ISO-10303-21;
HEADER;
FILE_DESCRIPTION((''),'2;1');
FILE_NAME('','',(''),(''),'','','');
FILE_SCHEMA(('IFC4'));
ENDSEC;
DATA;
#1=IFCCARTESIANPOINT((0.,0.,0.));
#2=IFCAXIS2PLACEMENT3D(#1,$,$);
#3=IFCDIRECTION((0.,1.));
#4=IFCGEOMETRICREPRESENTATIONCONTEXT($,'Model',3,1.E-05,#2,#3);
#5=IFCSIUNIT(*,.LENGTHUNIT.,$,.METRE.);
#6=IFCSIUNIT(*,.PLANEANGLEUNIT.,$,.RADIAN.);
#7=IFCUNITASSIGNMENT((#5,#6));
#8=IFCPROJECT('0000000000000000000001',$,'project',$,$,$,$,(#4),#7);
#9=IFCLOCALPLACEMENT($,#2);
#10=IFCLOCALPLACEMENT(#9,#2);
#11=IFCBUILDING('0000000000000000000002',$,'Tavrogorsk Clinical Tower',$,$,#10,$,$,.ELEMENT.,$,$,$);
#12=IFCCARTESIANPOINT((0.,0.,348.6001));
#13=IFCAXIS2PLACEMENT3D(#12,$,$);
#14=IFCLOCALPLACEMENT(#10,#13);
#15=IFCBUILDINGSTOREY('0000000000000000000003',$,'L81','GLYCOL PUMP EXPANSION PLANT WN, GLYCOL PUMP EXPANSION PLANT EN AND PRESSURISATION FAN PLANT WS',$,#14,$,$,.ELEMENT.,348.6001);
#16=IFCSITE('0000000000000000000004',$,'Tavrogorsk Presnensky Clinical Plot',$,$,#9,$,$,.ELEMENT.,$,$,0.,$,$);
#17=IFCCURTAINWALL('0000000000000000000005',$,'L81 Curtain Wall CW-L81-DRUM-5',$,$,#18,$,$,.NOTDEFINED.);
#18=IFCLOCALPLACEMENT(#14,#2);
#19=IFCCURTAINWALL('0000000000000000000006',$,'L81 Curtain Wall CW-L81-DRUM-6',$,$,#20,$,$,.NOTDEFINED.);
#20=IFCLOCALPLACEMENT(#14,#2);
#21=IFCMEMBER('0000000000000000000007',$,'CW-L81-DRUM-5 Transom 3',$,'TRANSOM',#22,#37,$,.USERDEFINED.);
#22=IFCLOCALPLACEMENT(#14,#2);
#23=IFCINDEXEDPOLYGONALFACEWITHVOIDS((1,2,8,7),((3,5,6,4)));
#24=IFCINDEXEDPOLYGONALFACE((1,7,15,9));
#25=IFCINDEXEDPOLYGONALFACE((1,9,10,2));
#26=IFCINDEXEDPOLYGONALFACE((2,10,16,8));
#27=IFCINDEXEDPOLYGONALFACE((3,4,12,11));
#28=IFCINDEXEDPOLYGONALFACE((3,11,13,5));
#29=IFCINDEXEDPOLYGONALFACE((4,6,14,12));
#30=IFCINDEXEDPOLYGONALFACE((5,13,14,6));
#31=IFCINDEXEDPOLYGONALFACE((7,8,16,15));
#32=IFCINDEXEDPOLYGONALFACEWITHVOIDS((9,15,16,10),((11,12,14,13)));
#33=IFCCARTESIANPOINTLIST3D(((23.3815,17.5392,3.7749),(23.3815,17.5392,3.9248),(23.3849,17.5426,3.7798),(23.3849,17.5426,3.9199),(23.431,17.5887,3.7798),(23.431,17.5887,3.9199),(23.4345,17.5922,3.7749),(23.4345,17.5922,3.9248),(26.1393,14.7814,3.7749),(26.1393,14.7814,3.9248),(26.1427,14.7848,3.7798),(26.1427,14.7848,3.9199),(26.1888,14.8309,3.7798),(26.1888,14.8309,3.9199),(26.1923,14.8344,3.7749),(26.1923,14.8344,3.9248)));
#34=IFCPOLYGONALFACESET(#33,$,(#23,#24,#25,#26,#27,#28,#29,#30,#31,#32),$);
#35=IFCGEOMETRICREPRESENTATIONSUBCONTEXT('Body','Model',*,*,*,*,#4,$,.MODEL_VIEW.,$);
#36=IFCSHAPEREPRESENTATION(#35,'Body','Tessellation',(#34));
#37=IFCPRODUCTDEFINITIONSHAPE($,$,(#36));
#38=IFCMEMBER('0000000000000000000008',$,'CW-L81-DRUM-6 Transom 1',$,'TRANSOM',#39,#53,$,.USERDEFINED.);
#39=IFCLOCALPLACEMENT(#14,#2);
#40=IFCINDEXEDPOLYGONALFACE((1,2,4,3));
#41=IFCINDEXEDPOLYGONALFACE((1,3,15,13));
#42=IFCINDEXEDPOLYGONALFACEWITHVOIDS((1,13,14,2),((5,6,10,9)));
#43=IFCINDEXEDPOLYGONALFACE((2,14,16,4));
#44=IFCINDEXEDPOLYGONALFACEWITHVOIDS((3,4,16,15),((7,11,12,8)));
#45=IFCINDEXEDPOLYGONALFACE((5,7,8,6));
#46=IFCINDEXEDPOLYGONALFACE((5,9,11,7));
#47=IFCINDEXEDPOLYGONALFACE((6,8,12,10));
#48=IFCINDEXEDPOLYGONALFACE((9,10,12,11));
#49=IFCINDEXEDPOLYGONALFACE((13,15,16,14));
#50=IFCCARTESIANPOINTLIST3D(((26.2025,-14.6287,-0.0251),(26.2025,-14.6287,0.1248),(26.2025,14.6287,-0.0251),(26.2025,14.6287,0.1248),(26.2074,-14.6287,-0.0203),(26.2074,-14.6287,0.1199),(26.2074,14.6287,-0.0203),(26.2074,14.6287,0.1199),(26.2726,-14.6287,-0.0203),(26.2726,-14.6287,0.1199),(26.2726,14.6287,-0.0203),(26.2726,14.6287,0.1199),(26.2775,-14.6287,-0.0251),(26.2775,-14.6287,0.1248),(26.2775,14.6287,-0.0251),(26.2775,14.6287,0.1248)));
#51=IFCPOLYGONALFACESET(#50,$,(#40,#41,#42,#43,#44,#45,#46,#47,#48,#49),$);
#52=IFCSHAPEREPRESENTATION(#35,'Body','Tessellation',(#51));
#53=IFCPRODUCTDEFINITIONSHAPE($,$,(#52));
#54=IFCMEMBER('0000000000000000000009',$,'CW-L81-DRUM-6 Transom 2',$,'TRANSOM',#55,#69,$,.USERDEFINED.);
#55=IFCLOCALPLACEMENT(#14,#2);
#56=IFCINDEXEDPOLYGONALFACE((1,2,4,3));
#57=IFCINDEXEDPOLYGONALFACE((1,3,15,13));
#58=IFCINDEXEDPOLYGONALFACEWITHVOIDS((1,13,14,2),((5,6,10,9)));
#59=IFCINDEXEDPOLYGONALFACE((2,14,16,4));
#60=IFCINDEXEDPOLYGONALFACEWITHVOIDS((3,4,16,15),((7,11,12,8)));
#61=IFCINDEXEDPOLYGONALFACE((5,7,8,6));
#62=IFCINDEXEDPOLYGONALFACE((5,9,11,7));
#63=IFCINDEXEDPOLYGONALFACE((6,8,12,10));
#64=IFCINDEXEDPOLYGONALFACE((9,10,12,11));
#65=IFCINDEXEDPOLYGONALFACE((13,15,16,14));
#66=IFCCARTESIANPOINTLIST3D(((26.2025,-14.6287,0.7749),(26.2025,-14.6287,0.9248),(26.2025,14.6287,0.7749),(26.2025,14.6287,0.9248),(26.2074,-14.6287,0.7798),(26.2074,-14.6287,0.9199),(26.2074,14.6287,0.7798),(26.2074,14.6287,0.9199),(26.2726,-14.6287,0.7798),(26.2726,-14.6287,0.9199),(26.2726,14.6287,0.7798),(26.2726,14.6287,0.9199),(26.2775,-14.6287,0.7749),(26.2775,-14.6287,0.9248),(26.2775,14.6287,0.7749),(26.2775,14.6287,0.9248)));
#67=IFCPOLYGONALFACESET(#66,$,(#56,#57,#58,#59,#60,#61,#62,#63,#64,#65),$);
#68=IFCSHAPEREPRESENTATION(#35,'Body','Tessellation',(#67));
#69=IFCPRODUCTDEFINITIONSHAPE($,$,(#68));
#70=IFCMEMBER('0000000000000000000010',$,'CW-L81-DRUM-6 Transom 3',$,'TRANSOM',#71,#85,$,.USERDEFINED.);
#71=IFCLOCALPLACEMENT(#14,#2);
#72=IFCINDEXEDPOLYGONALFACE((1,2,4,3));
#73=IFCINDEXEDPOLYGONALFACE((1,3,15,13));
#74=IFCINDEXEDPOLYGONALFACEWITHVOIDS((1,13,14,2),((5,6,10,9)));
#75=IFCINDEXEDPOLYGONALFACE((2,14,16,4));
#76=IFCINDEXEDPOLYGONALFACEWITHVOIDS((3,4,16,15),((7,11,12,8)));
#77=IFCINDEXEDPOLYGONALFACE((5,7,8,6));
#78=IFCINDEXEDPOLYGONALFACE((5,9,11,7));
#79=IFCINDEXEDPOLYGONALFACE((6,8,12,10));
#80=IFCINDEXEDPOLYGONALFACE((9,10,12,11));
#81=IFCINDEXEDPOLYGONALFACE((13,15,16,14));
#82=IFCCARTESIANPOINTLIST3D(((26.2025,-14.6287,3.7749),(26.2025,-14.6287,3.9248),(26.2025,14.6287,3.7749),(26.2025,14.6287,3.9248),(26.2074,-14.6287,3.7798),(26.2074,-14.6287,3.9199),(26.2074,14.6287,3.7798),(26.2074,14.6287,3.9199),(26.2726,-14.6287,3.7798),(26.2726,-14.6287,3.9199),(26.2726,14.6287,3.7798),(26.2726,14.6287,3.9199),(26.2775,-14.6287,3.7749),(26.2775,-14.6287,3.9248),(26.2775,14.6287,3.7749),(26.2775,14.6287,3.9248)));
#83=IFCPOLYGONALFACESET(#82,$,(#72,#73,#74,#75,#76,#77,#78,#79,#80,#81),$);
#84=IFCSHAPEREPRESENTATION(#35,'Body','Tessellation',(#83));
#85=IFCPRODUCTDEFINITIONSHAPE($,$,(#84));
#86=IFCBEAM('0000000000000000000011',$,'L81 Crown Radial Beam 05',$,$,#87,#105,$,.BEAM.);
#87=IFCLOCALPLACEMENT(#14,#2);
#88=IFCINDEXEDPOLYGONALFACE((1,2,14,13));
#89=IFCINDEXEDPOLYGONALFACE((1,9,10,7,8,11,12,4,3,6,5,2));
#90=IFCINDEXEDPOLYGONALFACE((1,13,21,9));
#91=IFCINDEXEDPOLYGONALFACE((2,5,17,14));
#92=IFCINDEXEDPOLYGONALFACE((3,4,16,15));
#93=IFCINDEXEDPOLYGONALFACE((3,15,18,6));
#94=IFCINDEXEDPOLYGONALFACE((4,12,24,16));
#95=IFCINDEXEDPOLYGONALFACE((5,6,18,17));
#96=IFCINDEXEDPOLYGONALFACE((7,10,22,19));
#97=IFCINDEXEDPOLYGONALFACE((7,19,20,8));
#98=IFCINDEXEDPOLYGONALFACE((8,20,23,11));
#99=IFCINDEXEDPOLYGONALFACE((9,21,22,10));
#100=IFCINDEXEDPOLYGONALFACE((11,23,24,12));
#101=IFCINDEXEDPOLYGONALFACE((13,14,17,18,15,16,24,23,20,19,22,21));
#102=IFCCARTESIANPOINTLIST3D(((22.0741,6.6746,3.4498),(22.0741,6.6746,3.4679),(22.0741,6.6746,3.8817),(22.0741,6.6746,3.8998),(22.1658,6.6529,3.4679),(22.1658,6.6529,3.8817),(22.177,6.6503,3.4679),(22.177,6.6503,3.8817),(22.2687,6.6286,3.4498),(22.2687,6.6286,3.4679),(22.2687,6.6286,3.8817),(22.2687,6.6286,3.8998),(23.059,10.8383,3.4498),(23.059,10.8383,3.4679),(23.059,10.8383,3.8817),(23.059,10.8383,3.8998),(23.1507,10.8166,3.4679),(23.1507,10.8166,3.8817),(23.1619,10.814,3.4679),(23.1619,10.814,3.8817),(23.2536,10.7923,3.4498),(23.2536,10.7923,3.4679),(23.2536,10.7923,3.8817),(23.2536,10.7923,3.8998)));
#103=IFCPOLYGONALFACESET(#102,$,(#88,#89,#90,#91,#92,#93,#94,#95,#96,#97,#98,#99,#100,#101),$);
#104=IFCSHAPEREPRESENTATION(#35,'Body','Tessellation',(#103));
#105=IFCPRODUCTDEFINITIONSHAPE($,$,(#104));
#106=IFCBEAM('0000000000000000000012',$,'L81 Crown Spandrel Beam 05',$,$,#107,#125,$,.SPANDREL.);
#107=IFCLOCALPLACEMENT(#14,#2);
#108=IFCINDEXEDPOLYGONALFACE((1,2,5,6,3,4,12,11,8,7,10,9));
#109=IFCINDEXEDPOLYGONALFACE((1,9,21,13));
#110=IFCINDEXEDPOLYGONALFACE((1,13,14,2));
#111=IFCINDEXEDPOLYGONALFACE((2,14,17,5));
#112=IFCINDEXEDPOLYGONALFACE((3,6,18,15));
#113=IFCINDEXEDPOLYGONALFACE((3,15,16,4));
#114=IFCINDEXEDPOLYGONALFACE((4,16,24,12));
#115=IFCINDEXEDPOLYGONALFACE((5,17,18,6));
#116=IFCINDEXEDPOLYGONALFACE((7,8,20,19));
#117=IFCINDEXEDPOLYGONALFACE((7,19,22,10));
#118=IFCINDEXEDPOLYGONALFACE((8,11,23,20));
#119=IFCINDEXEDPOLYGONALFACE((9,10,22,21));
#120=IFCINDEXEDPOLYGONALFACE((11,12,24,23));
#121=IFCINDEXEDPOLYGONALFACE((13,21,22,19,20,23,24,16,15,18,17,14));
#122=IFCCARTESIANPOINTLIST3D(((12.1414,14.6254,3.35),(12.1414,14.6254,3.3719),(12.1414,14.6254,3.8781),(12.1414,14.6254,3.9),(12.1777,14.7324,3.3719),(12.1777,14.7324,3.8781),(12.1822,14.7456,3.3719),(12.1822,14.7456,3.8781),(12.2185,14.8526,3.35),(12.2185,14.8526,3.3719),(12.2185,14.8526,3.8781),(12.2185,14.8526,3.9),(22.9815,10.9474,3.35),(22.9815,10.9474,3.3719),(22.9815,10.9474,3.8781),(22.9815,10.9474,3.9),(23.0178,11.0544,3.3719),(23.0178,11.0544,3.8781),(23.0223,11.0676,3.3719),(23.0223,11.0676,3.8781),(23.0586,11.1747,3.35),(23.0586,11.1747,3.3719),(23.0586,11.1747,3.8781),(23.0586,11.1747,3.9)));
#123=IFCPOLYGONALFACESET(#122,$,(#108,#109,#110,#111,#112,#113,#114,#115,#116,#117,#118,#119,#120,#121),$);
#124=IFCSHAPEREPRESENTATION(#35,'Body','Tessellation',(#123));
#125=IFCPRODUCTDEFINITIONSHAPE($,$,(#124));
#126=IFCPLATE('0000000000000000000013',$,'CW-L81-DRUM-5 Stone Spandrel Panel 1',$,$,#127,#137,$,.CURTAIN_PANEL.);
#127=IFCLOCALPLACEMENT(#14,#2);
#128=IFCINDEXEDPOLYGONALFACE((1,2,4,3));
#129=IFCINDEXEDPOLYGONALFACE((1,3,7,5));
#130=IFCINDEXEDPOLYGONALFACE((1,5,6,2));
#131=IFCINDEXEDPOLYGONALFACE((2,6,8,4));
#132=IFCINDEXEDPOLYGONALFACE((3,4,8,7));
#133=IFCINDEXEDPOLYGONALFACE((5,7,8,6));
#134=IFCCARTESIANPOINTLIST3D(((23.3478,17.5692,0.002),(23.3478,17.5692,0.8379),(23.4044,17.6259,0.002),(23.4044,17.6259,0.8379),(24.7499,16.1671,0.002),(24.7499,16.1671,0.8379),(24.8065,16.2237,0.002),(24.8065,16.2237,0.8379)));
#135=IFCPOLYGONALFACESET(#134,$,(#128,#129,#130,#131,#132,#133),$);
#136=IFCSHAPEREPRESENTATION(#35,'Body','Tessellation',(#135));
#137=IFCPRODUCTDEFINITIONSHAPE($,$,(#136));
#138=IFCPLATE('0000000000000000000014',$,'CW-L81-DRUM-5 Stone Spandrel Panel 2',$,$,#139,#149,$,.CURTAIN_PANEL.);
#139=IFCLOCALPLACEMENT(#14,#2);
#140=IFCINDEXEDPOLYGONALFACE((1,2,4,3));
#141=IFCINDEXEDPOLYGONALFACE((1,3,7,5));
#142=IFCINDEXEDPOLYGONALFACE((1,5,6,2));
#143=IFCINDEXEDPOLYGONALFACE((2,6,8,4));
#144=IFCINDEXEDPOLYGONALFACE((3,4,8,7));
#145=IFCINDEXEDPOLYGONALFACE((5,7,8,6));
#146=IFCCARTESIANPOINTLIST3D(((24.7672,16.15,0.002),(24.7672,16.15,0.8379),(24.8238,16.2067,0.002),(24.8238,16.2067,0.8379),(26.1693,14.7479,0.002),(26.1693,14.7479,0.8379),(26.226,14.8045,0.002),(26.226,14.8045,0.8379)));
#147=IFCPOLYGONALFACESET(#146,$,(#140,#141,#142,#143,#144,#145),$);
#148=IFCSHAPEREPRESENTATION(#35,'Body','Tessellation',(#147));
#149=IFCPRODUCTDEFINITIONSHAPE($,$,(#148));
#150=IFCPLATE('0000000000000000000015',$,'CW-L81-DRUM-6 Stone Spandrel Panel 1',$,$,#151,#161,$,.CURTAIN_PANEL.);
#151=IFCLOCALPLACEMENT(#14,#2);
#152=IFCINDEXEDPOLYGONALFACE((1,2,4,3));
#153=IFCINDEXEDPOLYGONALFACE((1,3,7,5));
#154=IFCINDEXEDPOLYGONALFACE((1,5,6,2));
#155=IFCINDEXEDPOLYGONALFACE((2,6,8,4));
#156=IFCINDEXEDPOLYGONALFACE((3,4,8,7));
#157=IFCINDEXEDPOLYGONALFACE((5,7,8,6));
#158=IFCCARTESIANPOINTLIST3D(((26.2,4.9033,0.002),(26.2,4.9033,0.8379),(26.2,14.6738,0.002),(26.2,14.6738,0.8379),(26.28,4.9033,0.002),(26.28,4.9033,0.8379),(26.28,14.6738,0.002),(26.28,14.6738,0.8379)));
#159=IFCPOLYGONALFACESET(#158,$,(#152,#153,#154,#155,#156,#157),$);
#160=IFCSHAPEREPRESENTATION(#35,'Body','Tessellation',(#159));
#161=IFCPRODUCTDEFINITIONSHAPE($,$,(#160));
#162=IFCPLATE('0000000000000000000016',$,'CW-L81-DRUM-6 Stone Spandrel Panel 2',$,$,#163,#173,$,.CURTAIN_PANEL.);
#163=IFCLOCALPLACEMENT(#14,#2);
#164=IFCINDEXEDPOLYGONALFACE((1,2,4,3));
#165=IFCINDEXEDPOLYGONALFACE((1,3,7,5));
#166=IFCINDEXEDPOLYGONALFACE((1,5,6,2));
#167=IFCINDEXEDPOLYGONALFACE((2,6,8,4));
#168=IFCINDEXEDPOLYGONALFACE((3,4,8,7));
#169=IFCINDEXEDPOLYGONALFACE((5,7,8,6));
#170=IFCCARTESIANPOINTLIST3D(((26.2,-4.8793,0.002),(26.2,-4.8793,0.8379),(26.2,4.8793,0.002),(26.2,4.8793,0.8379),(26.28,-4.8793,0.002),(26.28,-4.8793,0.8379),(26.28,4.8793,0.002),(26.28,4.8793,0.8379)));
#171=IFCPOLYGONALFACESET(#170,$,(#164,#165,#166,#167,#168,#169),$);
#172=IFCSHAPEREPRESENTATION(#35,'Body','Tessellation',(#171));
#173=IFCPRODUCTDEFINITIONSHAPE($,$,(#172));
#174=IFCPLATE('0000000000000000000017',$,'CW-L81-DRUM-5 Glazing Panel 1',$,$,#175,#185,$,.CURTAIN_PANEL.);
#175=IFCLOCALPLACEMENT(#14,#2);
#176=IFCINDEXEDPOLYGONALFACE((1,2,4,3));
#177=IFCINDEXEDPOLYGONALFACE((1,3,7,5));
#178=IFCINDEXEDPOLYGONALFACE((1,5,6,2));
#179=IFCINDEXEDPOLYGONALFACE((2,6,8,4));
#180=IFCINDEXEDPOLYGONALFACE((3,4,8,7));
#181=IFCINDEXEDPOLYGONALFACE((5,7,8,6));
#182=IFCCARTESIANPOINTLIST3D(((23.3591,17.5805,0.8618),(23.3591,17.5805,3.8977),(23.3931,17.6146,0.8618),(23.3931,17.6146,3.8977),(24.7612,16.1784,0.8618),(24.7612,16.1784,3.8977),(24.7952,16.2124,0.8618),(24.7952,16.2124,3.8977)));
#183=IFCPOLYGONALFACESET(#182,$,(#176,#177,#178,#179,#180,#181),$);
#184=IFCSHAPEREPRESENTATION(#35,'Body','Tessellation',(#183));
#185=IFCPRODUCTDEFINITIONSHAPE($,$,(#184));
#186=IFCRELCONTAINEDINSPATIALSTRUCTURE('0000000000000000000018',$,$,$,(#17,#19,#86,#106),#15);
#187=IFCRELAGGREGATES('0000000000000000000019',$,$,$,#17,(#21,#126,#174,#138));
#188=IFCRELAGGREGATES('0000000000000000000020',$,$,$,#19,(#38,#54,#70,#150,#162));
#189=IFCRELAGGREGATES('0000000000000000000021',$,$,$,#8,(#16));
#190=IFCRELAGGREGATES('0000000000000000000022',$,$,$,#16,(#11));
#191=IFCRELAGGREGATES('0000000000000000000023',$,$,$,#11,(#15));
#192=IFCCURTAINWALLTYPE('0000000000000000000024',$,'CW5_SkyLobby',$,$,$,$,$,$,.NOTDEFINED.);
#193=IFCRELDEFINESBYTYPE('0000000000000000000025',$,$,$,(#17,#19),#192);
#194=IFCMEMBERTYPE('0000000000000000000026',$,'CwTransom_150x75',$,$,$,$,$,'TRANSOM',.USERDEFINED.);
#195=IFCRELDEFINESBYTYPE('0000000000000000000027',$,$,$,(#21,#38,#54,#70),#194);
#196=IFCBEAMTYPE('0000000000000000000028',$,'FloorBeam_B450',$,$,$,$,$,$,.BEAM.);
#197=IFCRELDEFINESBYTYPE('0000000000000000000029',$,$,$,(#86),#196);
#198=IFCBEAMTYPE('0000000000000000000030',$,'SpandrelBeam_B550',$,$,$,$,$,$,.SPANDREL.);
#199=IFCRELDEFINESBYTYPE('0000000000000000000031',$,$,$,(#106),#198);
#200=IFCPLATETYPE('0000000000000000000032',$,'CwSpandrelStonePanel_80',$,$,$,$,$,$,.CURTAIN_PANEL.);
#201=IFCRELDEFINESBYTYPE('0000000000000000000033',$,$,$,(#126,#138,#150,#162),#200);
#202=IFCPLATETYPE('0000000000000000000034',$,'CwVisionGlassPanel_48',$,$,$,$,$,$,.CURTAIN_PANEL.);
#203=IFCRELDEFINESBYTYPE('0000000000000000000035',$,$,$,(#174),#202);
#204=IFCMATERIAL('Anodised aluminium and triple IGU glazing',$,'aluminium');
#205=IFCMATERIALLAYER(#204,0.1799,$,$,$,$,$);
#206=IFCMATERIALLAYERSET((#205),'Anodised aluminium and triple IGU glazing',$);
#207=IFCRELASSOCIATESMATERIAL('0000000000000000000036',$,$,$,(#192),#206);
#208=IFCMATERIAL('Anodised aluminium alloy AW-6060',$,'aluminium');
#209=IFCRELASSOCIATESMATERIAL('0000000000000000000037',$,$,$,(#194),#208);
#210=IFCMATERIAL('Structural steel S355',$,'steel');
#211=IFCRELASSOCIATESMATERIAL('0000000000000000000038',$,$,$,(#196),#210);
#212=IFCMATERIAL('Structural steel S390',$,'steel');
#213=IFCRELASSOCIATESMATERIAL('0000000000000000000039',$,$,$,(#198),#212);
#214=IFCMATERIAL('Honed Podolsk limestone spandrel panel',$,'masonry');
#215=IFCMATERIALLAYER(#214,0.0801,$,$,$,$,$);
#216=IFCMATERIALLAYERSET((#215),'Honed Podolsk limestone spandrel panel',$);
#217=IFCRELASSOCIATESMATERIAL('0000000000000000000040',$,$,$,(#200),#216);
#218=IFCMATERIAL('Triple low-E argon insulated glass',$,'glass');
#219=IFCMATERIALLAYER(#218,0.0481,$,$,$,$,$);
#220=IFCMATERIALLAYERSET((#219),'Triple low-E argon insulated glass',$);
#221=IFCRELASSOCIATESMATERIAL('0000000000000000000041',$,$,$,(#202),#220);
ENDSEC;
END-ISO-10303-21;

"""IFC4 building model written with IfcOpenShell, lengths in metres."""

from ifc_helpers import new_model, si_unit, direction, frame, origin, origin_2d, place, context, subcontext, project, spatial, rectangle, hollow_rectangle, i_section, extrude, material, layer, layer_set, material_profile, profile_set, type_object, element, aggregate, save


model = new_model("IFC4")

# Units and contexts
model_context = context("Model", 3, precision=1e-05, world=origin(), true_north=direction((0.0, 1.0)))
body_context = subcontext(model_context, "Body", "Model", "MODEL_VIEW")
ifc_project = project(units=[si_unit("LENGTHUNIT", "METRE"), si_unit("PLANEANGLEUNIT", "RADIAN")], contexts=[model_context])

# Site, building, storey
site_placement = place(None, origin())
site = spatial("IfcSite", under=ifc_project, at=site_placement, Name="Tavrogorsk Presnensky Clinical Plot", CompositionType="ELEMENT", RefElevation=0.0)
building_placement = place(site_placement, origin())
building = spatial("IfcBuilding", under=site, at=building_placement, Name="Tavrogorsk Clinical Tower", CompositionType="ELEMENT")
storey_placement = place(building_placement, frame((0.0, 0.0, 348.6001)))
storey = spatial("IfcBuildingStorey", under=building, at=storey_placement, Name="L81", Description="GLYCOL PUMP EXPANSION PLANT WN, GLYCOL PUMP EXPANSION PLANT EN AND PRESSURISATION FAN PLANT WS", CompositionType="ELEMENT", Elevation=348.6001)

# Shared definitions
ifc_material_1 = material(Name="Anodised aluminium and triple IGU glazing", Category="aluminium")
ifc_layer_1 = layer(ifc_material_1, 0.1799)
ifc_layer_set_1 = layer_set([ifc_layer_1], Name="Anodised aluminium and triple IGU glazing")
curtain_wall_type = type_object("IfcCurtainWallType", Name="CW5_SkyLobby", PredefinedType="NOTDEFINED", material=ifc_layer_set_1)

# Curtain walls
curtain_wall_1_placement = place(storey_placement, origin())
curtain_wall_1 = element("IfcCurtainWall", 1, at=curtain_wall_1_placement, inside=storey, type_object=curtain_wall_type, Name="L81 Curtain Wall CW-L81-DRUM-5", PredefinedType="NOTDEFINED")
curtain_wall_2_placement = place(storey_placement, origin())
curtain_wall_2 = element("IfcCurtainWall", 2, at=curtain_wall_2_placement, inside=storey, type_object=curtain_wall_type, Name="L81 Curtain Wall CW-L81-DRUM-6", PredefinedType="NOTDEFINED")

# Members
ifc_material_2 = material(Name="Anodised aluminium alloy AW-6060", Category="aluminium")
ifc_material_profile_1 = material_profile(ifc_material_2, hollow_rectangle(XDim=0.075, YDim=0.1499, WallThickness=0.0049, at=origin_2d()), Name="RHS-150x75x5")
ifc_profile_set_1 = profile_set([ifc_material_profile_1], Name="Anodised aluminium alloy AW-6060")
member_type_1 = type_object("IfcMemberType", Name="CwTransom_150x75", ElementType="TRANSOM", PredefinedType="USERDEFINED", material=ifc_profile_set_1)
member_1_placement = place(storey_placement, frame((23.408, 17.5657, 3.8499), z_axis=(0.707107, -0.707107, 0.0), x_axis=(0.707107, 0.707107, 0.0)))
member_1 = element("IfcMember", 3, at=member_1_placement, type_object=member_type_1, Name="CW-L81-DRUM-5 Transom 3", ObjectType="TRANSOM", PredefinedType="USERDEFINED", context=body_context, shape_type="SweptSolid", body=[
    extrude(hollow_rectangle(XDim=0.075, YDim=0.1499, WallThickness=0.0049, at=origin_2d()), origin(), (0.0, 0.0, 1.0), 3.9001),
])
member_2_placement = place(storey_placement, frame((26.24, 14.6287, 0.0498), z_axis=(0.0, -1.0, 0.0), x_axis=(1.0, 0.0, 0.0)))
member_2 = element("IfcMember", 4, at=member_2_placement, type_object=member_type_1, Name="CW-L81-DRUM-6 Transom 1", ObjectType="TRANSOM", PredefinedType="USERDEFINED", context=body_context, shape_type="SweptSolid", body=[
    extrude(hollow_rectangle(XDim=0.075, YDim=0.1499, WallThickness=0.0049, at=origin_2d()), origin(), (0.0, 0.0, 1.0), 29.2573),
])
member_3_placement = place(storey_placement, frame((26.24, 14.6287, 0.8499), z_axis=(0.0, -1.0, 0.0), x_axis=(1.0, 0.0, 0.0)))
member_3 = element("IfcMember", 5, at=member_3_placement, type_object=member_type_1, Name="CW-L81-DRUM-6 Transom 2", ObjectType="TRANSOM", PredefinedType="USERDEFINED", context=body_context, shape_type="SweptSolid", body=[
    extrude(hollow_rectangle(XDim=0.075, YDim=0.1499, WallThickness=0.0049, at=origin_2d()), origin(), (0.0, 0.0, 1.0), 29.2573),
])
member_4_placement = place(storey_placement, frame((26.24, 14.6287, 3.8499), z_axis=(0.0, -1.0, 0.0), x_axis=(1.0, 0.0, 0.0)))
member_4 = element("IfcMember", 6, at=member_4_placement, type_object=member_type_1, Name="CW-L81-DRUM-6 Transom 3", ObjectType="TRANSOM", PredefinedType="USERDEFINED", context=body_context, shape_type="SweptSolid", body=[
    extrude(hollow_rectangle(XDim=0.075, YDim=0.1499, WallThickness=0.0049, at=origin_2d()), origin(), (0.0, 0.0, 1.0), 29.2573),
])

# Beams
ifc_material_3 = material(Name="Structural steel S355", Category="steel")
ifc_material_profile_2 = material_profile(ifc_material_3, i_section(OverallWidth=0.2, OverallDepth=0.45, WebThickness=0.0115, FlangeThickness=0.0181, at=origin_2d()), Name="B-450x200x11.5x18")
ifc_profile_set_2 = profile_set([ifc_material_profile_2], Name="Structural steel S355")
beam_type_1 = type_object("IfcBeamType", Name="FloorBeam_B450", PredefinedType="BEAM", material=ifc_profile_set_2)
beam_1_placement = place(storey_placement, frame((22.1714, 6.6516, 3.6748), z_axis=(0.230191, 0.973146, 0.0), x_axis=(-0.973146, 0.230191, 0.0)))
element("IfcBeam", 7, at=beam_1_placement, inside=storey, type_object=beam_type_1, Name="L81 Crown Radial Beam 05", PredefinedType="BEAM", context=body_context, shape_type="SweptSolid", body=[
    extrude(i_section(OverallWidth=0.2, OverallDepth=0.45, WebThickness=0.0115, FlangeThickness=0.0181, at=origin_2d()), origin(), (0.0, 0.0, 1.0), 4.2786),
])
ifc_material_4 = material(Name="Structural steel S390", Category="steel")
ifc_material_profile_3 = material_profile(ifc_material_4, i_section(OverallWidth=0.24, OverallDepth=0.55, WebThickness=0.0139, FlangeThickness=0.022, at=origin_2d()), Name="B-550x240x14x22")
ifc_profile_set_3 = profile_set([ifc_material_profile_3], Name="Structural steel S390")
beam_type_2 = type_object("IfcBeamType", Name="SpandrelBeam_B550", PredefinedType="SPANDREL", material=ifc_profile_set_3)
beam_2_placement = place(storey_placement, frame((23.02, 11.061, 3.625), z_axis=(-0.946976, 0.321304, 0.0), x_axis=(-0.321304, -0.946976, 0.0)))
element("IfcBeam", 8, at=beam_2_placement, inside=storey, type_object=beam_type_2, Name="L81 Crown Spandrel Beam 05", PredefinedType="SPANDREL", context=body_context, shape_type="SweptSolid", body=[
    extrude(i_section(OverallWidth=0.24, OverallDepth=0.55, WebThickness=0.0139, FlangeThickness=0.022, at=origin_2d()), origin(), (0.0, 0.0, 1.0), 11.447),
])

# Plates
ifc_material_5 = material(Name="Honed Podolsk limestone spandrel panel", Category="masonry")
ifc_layer_2 = layer(ifc_material_5, 0.0801)
ifc_layer_set_2 = layer_set([ifc_layer_2], Name="Honed Podolsk limestone spandrel panel")
plate_type_1 = type_object("IfcPlateType", Name="CwSpandrelStonePanel_80", PredefinedType="CURTAIN_PANEL", material=ifc_layer_set_2)
plate_1_placement = place(storey_placement, frame((24.0771, 16.8965, 0.002), z_axis=(0.0, 0.0, 1.0), x_axis=(0.707107, -0.707107, 0.0)))
plate_1 = element("IfcPlate", 9, at=plate_1_placement, type_object=plate_type_1, Name="CW-L81-DRUM-5 Stone Spandrel Panel 1", PredefinedType="CURTAIN_PANEL", context=body_context, shape_type="SweptSolid", body=[
    extrude(rectangle(XDim=1.9829, YDim=0.0801, at=origin_2d()), origin(), (0.0, 0.0, 1.0), 0.8359),
])
plate_2_placement = place(storey_placement, frame((25.4966, 15.4773, 0.002), z_axis=(0.0, 0.0, 1.0), x_axis=(0.707107, -0.707107, 0.0)))
plate_2 = element("IfcPlate", 10, at=plate_2_placement, type_object=plate_type_1, Name="CW-L81-DRUM-5 Stone Spandrel Panel 2", PredefinedType="CURTAIN_PANEL", context=body_context, shape_type="SweptSolid", body=[
    extrude(rectangle(XDim=1.9829, YDim=0.0801, at=origin_2d()), origin(), (0.0, 0.0, 1.0), 0.8359),
])
plate_3_placement = place(storey_placement, frame((26.24, 9.7886, 0.002), z_axis=(0.0, 0.0, 1.0), x_axis=(0.0, -1.0, 0.0)))
plate_3 = element("IfcPlate", 11, at=plate_3_placement, type_object=plate_type_1, Name="CW-L81-DRUM-6 Stone Spandrel Panel 1", PredefinedType="CURTAIN_PANEL", context=body_context, shape_type="SweptSolid", body=[
    extrude(rectangle(XDim=9.7705, YDim=0.0801, at=origin_2d()), origin(), (0.0, 0.0, 1.0), 0.8359),
])
plate_4_placement = place(storey_placement, frame((26.24, 0.0, 0.002), z_axis=(0.0, 0.0, 1.0), x_axis=(0.0, -1.0, 0.0)))
plate_4 = element("IfcPlate", 12, at=plate_4_placement, type_object=plate_type_1, Name="CW-L81-DRUM-6 Stone Spandrel Panel 2", PredefinedType="CURTAIN_PANEL", context=body_context, shape_type="SweptSolid", body=[
    extrude(rectangle(XDim=9.7585, YDim=0.0801, at=origin_2d()), origin(), (0.0, 0.0, 1.0), 0.8359),
])
ifc_material_6 = material(Name="Triple low-E argon insulated glass", Category="glass")
ifc_layer_3 = layer(ifc_material_6, 0.0481)
ifc_layer_set_3 = layer_set([ifc_layer_3], Name="Triple low-E argon insulated glass")
plate_type_2 = type_object("IfcPlateType", Name="CwVisionGlassPanel_48", PredefinedType="CURTAIN_PANEL", material=ifc_layer_set_3)
plate_5_placement = place(storey_placement, frame((24.0771, 16.8965, 0.8618), z_axis=(0.0, 0.0, 1.0), x_axis=(0.707107, -0.707107, 0.0)))
plate_5 = element("IfcPlate", 13, at=plate_5_placement, type_object=plate_type_2, Name="CW-L81-DRUM-5 Glazing Panel 1", PredefinedType="CURTAIN_PANEL", context=body_context, shape_type="SweptSolid", body=[
    extrude(rectangle(XDim=1.9829, YDim=0.0481, at=origin_2d()), origin(), (0.0, 0.0, 1.0), 3.0359),
])
aggregate(curtain_wall_1, [member_1, plate_1, plate_5, plate_2])
aggregate(curtain_wall_2, [member_2, member_3, member_4, plate_3, plate_4])

save(model, "model.ifc")
